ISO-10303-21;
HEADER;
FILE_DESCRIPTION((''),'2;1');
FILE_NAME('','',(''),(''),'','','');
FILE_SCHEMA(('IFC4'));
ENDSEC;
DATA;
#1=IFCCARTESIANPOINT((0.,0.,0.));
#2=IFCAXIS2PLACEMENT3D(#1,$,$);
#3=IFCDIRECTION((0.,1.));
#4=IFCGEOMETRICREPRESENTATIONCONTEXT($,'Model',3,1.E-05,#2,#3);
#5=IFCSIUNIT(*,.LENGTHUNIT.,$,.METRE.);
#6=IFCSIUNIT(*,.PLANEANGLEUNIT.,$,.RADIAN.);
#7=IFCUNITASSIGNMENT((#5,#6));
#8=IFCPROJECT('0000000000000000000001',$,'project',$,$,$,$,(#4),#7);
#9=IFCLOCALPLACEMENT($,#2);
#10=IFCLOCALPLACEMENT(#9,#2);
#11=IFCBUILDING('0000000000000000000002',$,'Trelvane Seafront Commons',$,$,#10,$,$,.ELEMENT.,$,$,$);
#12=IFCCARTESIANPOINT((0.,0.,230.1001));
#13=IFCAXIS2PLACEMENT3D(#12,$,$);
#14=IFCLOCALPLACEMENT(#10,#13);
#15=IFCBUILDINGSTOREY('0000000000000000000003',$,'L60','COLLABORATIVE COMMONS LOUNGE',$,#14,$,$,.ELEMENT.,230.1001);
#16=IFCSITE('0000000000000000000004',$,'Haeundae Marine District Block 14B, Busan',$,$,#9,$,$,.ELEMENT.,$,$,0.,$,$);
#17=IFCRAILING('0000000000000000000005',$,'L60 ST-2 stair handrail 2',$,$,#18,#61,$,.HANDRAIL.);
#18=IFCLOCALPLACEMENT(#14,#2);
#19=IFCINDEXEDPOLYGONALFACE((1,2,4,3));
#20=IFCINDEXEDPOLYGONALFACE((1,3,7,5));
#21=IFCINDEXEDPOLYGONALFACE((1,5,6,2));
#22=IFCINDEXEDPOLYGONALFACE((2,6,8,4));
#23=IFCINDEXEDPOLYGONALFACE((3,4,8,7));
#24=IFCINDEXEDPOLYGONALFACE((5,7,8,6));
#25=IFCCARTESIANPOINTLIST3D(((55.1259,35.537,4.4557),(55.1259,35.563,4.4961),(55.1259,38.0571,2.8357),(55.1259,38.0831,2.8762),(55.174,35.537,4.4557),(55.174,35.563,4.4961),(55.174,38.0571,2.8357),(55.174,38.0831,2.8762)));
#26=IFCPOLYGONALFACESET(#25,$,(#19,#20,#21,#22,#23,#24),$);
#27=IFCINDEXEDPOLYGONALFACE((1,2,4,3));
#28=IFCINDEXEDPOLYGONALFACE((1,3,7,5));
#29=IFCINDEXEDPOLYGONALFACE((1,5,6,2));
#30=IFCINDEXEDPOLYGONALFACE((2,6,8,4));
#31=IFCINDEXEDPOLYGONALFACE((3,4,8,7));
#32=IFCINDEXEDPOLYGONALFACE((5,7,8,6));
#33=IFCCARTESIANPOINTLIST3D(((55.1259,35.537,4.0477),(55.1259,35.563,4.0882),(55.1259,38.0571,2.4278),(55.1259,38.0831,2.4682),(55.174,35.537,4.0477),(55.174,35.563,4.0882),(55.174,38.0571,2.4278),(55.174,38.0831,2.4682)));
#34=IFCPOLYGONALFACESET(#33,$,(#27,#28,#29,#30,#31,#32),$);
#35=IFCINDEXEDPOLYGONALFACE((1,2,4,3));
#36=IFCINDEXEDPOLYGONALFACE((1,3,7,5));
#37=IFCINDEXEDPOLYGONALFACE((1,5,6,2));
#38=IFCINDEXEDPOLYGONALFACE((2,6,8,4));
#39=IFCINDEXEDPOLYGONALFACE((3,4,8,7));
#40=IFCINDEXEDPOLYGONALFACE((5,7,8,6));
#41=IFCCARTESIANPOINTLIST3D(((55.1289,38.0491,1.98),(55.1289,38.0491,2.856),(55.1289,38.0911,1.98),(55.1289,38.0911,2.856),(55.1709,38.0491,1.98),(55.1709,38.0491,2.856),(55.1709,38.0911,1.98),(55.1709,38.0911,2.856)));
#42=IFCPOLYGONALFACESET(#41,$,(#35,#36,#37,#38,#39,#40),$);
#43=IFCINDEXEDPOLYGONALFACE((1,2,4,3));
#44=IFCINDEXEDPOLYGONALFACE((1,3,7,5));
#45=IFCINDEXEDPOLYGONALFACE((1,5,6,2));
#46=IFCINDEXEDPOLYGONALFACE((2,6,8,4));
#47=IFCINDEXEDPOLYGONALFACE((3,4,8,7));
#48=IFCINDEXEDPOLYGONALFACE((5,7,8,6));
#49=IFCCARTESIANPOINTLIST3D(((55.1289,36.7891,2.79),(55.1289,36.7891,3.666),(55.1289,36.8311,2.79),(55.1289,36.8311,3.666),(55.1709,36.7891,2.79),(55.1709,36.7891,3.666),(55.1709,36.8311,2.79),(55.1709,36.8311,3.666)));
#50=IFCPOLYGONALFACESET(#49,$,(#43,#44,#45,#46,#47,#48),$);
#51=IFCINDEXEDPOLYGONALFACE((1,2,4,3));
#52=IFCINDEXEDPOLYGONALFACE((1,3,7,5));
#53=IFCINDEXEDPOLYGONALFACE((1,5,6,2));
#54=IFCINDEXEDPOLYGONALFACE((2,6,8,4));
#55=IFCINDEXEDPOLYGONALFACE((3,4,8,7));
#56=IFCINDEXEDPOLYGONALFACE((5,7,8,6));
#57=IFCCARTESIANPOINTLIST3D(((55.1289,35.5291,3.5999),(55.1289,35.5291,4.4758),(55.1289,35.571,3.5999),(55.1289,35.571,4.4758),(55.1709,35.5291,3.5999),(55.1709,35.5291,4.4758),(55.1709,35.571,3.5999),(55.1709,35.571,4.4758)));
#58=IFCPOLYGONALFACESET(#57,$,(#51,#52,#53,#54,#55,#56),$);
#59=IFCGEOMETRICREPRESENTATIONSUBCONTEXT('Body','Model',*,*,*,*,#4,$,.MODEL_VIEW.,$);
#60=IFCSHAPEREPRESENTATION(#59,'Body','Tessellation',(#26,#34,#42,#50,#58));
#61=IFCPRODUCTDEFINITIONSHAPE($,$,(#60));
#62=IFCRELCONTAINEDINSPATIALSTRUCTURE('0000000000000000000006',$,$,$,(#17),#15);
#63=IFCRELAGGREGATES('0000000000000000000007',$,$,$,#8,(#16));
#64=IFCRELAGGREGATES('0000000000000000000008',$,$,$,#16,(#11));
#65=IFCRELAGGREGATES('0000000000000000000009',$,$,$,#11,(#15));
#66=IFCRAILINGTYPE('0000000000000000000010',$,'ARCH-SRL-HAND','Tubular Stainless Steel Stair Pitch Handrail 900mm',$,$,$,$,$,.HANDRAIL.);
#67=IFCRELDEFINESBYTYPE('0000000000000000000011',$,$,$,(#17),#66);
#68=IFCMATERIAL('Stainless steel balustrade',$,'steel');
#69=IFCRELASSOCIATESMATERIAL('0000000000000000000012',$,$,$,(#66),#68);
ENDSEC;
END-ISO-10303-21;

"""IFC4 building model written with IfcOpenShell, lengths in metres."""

from ifc_helpers import new_model, si_unit, direction, frame, origin, origin_2d, place, context, subcontext, project, spatial, rectangle, extrude, material, type_object, element, save


model = new_model("IFC4")

# Units and contexts
model_context = context("Model", 3, precision=1e-05, world=origin(), true_north=direction((0.0, 1.0)))
body_context = subcontext(model_context, "Body", "Model", "MODEL_VIEW")
ifc_project = project(units=[si_unit("LENGTHUNIT", "METRE"), si_unit("PLANEANGLEUNIT", "RADIAN")], contexts=[model_context])

# Site, building, storey
site_placement = place(None, origin())
site = spatial("IfcSite", under=ifc_project, at=site_placement, Name="Haeundae Marine District Block 14B, Busan", CompositionType="ELEMENT", RefElevation=0.0)
building_placement = place(site_placement, origin())
building = spatial("IfcBuilding", under=site, at=building_placement, Name="Trelvane Seafront Commons", CompositionType="ELEMENT")
storey_placement = place(building_placement, frame((0.0, 0.0, 230.1001)))
storey = spatial("IfcBuildingStorey", under=building, at=storey_placement, Name="L60", Description="COLLABORATIVE COMMONS LOUNGE", CompositionType="ELEMENT", Elevation=230.1001)

# Railing
ifc_material_1 = material(Name="Stainless steel balustrade", Category="steel")
railing_type = type_object("IfcRailingType", Name="ARCH-SRL-HAND", Description="Tubular Stainless Steel Stair Pitch Handrail 900mm", PredefinedType="HANDRAIL", material=ifc_material_1)
railing_placement = place(storey_placement, frame((55.1499, 38.0701, 1.98)))
element("IfcRailing", 1, at=railing_placement, inside=storey, type_object=railing_type, Name="L60 ST-2 stair handrail 2", PredefinedType="HANDRAIL", context=body_context, shape_type="SweptSolid", body=[
    extrude(rectangle(XDim=0.0481, YDim=0.0481, at=origin_2d()), frame((0.0, 0.0, 0.876), z_axis=(0.0, -0.8412, 0.540725), x_axis=(1.0, 0.0, 0.0)), (0.0, 0.0, 1.0), 2.9958),
    extrude(rectangle(XDim=0.0481, YDim=0.0481, at=origin_2d()), frame((0.0, 0.0, 0.468), z_axis=(0.0, -0.8412, 0.540725), x_axis=(1.0, 0.0, 0.0)), (0.0, 0.0, 1.0), 2.9958),
    extrude(rectangle(XDim=0.042, YDim=0.042, at=origin_2d()), origin(), (0.0, 0.0, 1.0), 0.876),
    extrude(rectangle(XDim=0.042, YDim=0.042, at=origin_2d()), frame((0.0, -1.26, 0.8101)), (0.0, 0.0, 1.0), 0.876),
    extrude(rectangle(XDim=0.042, YDim=0.042, at=origin_2d()), frame((0.0, -2.52, 1.6199)), (0.0, 0.0, 1.0), 0.876),
])

save(model, "model.ifc")
